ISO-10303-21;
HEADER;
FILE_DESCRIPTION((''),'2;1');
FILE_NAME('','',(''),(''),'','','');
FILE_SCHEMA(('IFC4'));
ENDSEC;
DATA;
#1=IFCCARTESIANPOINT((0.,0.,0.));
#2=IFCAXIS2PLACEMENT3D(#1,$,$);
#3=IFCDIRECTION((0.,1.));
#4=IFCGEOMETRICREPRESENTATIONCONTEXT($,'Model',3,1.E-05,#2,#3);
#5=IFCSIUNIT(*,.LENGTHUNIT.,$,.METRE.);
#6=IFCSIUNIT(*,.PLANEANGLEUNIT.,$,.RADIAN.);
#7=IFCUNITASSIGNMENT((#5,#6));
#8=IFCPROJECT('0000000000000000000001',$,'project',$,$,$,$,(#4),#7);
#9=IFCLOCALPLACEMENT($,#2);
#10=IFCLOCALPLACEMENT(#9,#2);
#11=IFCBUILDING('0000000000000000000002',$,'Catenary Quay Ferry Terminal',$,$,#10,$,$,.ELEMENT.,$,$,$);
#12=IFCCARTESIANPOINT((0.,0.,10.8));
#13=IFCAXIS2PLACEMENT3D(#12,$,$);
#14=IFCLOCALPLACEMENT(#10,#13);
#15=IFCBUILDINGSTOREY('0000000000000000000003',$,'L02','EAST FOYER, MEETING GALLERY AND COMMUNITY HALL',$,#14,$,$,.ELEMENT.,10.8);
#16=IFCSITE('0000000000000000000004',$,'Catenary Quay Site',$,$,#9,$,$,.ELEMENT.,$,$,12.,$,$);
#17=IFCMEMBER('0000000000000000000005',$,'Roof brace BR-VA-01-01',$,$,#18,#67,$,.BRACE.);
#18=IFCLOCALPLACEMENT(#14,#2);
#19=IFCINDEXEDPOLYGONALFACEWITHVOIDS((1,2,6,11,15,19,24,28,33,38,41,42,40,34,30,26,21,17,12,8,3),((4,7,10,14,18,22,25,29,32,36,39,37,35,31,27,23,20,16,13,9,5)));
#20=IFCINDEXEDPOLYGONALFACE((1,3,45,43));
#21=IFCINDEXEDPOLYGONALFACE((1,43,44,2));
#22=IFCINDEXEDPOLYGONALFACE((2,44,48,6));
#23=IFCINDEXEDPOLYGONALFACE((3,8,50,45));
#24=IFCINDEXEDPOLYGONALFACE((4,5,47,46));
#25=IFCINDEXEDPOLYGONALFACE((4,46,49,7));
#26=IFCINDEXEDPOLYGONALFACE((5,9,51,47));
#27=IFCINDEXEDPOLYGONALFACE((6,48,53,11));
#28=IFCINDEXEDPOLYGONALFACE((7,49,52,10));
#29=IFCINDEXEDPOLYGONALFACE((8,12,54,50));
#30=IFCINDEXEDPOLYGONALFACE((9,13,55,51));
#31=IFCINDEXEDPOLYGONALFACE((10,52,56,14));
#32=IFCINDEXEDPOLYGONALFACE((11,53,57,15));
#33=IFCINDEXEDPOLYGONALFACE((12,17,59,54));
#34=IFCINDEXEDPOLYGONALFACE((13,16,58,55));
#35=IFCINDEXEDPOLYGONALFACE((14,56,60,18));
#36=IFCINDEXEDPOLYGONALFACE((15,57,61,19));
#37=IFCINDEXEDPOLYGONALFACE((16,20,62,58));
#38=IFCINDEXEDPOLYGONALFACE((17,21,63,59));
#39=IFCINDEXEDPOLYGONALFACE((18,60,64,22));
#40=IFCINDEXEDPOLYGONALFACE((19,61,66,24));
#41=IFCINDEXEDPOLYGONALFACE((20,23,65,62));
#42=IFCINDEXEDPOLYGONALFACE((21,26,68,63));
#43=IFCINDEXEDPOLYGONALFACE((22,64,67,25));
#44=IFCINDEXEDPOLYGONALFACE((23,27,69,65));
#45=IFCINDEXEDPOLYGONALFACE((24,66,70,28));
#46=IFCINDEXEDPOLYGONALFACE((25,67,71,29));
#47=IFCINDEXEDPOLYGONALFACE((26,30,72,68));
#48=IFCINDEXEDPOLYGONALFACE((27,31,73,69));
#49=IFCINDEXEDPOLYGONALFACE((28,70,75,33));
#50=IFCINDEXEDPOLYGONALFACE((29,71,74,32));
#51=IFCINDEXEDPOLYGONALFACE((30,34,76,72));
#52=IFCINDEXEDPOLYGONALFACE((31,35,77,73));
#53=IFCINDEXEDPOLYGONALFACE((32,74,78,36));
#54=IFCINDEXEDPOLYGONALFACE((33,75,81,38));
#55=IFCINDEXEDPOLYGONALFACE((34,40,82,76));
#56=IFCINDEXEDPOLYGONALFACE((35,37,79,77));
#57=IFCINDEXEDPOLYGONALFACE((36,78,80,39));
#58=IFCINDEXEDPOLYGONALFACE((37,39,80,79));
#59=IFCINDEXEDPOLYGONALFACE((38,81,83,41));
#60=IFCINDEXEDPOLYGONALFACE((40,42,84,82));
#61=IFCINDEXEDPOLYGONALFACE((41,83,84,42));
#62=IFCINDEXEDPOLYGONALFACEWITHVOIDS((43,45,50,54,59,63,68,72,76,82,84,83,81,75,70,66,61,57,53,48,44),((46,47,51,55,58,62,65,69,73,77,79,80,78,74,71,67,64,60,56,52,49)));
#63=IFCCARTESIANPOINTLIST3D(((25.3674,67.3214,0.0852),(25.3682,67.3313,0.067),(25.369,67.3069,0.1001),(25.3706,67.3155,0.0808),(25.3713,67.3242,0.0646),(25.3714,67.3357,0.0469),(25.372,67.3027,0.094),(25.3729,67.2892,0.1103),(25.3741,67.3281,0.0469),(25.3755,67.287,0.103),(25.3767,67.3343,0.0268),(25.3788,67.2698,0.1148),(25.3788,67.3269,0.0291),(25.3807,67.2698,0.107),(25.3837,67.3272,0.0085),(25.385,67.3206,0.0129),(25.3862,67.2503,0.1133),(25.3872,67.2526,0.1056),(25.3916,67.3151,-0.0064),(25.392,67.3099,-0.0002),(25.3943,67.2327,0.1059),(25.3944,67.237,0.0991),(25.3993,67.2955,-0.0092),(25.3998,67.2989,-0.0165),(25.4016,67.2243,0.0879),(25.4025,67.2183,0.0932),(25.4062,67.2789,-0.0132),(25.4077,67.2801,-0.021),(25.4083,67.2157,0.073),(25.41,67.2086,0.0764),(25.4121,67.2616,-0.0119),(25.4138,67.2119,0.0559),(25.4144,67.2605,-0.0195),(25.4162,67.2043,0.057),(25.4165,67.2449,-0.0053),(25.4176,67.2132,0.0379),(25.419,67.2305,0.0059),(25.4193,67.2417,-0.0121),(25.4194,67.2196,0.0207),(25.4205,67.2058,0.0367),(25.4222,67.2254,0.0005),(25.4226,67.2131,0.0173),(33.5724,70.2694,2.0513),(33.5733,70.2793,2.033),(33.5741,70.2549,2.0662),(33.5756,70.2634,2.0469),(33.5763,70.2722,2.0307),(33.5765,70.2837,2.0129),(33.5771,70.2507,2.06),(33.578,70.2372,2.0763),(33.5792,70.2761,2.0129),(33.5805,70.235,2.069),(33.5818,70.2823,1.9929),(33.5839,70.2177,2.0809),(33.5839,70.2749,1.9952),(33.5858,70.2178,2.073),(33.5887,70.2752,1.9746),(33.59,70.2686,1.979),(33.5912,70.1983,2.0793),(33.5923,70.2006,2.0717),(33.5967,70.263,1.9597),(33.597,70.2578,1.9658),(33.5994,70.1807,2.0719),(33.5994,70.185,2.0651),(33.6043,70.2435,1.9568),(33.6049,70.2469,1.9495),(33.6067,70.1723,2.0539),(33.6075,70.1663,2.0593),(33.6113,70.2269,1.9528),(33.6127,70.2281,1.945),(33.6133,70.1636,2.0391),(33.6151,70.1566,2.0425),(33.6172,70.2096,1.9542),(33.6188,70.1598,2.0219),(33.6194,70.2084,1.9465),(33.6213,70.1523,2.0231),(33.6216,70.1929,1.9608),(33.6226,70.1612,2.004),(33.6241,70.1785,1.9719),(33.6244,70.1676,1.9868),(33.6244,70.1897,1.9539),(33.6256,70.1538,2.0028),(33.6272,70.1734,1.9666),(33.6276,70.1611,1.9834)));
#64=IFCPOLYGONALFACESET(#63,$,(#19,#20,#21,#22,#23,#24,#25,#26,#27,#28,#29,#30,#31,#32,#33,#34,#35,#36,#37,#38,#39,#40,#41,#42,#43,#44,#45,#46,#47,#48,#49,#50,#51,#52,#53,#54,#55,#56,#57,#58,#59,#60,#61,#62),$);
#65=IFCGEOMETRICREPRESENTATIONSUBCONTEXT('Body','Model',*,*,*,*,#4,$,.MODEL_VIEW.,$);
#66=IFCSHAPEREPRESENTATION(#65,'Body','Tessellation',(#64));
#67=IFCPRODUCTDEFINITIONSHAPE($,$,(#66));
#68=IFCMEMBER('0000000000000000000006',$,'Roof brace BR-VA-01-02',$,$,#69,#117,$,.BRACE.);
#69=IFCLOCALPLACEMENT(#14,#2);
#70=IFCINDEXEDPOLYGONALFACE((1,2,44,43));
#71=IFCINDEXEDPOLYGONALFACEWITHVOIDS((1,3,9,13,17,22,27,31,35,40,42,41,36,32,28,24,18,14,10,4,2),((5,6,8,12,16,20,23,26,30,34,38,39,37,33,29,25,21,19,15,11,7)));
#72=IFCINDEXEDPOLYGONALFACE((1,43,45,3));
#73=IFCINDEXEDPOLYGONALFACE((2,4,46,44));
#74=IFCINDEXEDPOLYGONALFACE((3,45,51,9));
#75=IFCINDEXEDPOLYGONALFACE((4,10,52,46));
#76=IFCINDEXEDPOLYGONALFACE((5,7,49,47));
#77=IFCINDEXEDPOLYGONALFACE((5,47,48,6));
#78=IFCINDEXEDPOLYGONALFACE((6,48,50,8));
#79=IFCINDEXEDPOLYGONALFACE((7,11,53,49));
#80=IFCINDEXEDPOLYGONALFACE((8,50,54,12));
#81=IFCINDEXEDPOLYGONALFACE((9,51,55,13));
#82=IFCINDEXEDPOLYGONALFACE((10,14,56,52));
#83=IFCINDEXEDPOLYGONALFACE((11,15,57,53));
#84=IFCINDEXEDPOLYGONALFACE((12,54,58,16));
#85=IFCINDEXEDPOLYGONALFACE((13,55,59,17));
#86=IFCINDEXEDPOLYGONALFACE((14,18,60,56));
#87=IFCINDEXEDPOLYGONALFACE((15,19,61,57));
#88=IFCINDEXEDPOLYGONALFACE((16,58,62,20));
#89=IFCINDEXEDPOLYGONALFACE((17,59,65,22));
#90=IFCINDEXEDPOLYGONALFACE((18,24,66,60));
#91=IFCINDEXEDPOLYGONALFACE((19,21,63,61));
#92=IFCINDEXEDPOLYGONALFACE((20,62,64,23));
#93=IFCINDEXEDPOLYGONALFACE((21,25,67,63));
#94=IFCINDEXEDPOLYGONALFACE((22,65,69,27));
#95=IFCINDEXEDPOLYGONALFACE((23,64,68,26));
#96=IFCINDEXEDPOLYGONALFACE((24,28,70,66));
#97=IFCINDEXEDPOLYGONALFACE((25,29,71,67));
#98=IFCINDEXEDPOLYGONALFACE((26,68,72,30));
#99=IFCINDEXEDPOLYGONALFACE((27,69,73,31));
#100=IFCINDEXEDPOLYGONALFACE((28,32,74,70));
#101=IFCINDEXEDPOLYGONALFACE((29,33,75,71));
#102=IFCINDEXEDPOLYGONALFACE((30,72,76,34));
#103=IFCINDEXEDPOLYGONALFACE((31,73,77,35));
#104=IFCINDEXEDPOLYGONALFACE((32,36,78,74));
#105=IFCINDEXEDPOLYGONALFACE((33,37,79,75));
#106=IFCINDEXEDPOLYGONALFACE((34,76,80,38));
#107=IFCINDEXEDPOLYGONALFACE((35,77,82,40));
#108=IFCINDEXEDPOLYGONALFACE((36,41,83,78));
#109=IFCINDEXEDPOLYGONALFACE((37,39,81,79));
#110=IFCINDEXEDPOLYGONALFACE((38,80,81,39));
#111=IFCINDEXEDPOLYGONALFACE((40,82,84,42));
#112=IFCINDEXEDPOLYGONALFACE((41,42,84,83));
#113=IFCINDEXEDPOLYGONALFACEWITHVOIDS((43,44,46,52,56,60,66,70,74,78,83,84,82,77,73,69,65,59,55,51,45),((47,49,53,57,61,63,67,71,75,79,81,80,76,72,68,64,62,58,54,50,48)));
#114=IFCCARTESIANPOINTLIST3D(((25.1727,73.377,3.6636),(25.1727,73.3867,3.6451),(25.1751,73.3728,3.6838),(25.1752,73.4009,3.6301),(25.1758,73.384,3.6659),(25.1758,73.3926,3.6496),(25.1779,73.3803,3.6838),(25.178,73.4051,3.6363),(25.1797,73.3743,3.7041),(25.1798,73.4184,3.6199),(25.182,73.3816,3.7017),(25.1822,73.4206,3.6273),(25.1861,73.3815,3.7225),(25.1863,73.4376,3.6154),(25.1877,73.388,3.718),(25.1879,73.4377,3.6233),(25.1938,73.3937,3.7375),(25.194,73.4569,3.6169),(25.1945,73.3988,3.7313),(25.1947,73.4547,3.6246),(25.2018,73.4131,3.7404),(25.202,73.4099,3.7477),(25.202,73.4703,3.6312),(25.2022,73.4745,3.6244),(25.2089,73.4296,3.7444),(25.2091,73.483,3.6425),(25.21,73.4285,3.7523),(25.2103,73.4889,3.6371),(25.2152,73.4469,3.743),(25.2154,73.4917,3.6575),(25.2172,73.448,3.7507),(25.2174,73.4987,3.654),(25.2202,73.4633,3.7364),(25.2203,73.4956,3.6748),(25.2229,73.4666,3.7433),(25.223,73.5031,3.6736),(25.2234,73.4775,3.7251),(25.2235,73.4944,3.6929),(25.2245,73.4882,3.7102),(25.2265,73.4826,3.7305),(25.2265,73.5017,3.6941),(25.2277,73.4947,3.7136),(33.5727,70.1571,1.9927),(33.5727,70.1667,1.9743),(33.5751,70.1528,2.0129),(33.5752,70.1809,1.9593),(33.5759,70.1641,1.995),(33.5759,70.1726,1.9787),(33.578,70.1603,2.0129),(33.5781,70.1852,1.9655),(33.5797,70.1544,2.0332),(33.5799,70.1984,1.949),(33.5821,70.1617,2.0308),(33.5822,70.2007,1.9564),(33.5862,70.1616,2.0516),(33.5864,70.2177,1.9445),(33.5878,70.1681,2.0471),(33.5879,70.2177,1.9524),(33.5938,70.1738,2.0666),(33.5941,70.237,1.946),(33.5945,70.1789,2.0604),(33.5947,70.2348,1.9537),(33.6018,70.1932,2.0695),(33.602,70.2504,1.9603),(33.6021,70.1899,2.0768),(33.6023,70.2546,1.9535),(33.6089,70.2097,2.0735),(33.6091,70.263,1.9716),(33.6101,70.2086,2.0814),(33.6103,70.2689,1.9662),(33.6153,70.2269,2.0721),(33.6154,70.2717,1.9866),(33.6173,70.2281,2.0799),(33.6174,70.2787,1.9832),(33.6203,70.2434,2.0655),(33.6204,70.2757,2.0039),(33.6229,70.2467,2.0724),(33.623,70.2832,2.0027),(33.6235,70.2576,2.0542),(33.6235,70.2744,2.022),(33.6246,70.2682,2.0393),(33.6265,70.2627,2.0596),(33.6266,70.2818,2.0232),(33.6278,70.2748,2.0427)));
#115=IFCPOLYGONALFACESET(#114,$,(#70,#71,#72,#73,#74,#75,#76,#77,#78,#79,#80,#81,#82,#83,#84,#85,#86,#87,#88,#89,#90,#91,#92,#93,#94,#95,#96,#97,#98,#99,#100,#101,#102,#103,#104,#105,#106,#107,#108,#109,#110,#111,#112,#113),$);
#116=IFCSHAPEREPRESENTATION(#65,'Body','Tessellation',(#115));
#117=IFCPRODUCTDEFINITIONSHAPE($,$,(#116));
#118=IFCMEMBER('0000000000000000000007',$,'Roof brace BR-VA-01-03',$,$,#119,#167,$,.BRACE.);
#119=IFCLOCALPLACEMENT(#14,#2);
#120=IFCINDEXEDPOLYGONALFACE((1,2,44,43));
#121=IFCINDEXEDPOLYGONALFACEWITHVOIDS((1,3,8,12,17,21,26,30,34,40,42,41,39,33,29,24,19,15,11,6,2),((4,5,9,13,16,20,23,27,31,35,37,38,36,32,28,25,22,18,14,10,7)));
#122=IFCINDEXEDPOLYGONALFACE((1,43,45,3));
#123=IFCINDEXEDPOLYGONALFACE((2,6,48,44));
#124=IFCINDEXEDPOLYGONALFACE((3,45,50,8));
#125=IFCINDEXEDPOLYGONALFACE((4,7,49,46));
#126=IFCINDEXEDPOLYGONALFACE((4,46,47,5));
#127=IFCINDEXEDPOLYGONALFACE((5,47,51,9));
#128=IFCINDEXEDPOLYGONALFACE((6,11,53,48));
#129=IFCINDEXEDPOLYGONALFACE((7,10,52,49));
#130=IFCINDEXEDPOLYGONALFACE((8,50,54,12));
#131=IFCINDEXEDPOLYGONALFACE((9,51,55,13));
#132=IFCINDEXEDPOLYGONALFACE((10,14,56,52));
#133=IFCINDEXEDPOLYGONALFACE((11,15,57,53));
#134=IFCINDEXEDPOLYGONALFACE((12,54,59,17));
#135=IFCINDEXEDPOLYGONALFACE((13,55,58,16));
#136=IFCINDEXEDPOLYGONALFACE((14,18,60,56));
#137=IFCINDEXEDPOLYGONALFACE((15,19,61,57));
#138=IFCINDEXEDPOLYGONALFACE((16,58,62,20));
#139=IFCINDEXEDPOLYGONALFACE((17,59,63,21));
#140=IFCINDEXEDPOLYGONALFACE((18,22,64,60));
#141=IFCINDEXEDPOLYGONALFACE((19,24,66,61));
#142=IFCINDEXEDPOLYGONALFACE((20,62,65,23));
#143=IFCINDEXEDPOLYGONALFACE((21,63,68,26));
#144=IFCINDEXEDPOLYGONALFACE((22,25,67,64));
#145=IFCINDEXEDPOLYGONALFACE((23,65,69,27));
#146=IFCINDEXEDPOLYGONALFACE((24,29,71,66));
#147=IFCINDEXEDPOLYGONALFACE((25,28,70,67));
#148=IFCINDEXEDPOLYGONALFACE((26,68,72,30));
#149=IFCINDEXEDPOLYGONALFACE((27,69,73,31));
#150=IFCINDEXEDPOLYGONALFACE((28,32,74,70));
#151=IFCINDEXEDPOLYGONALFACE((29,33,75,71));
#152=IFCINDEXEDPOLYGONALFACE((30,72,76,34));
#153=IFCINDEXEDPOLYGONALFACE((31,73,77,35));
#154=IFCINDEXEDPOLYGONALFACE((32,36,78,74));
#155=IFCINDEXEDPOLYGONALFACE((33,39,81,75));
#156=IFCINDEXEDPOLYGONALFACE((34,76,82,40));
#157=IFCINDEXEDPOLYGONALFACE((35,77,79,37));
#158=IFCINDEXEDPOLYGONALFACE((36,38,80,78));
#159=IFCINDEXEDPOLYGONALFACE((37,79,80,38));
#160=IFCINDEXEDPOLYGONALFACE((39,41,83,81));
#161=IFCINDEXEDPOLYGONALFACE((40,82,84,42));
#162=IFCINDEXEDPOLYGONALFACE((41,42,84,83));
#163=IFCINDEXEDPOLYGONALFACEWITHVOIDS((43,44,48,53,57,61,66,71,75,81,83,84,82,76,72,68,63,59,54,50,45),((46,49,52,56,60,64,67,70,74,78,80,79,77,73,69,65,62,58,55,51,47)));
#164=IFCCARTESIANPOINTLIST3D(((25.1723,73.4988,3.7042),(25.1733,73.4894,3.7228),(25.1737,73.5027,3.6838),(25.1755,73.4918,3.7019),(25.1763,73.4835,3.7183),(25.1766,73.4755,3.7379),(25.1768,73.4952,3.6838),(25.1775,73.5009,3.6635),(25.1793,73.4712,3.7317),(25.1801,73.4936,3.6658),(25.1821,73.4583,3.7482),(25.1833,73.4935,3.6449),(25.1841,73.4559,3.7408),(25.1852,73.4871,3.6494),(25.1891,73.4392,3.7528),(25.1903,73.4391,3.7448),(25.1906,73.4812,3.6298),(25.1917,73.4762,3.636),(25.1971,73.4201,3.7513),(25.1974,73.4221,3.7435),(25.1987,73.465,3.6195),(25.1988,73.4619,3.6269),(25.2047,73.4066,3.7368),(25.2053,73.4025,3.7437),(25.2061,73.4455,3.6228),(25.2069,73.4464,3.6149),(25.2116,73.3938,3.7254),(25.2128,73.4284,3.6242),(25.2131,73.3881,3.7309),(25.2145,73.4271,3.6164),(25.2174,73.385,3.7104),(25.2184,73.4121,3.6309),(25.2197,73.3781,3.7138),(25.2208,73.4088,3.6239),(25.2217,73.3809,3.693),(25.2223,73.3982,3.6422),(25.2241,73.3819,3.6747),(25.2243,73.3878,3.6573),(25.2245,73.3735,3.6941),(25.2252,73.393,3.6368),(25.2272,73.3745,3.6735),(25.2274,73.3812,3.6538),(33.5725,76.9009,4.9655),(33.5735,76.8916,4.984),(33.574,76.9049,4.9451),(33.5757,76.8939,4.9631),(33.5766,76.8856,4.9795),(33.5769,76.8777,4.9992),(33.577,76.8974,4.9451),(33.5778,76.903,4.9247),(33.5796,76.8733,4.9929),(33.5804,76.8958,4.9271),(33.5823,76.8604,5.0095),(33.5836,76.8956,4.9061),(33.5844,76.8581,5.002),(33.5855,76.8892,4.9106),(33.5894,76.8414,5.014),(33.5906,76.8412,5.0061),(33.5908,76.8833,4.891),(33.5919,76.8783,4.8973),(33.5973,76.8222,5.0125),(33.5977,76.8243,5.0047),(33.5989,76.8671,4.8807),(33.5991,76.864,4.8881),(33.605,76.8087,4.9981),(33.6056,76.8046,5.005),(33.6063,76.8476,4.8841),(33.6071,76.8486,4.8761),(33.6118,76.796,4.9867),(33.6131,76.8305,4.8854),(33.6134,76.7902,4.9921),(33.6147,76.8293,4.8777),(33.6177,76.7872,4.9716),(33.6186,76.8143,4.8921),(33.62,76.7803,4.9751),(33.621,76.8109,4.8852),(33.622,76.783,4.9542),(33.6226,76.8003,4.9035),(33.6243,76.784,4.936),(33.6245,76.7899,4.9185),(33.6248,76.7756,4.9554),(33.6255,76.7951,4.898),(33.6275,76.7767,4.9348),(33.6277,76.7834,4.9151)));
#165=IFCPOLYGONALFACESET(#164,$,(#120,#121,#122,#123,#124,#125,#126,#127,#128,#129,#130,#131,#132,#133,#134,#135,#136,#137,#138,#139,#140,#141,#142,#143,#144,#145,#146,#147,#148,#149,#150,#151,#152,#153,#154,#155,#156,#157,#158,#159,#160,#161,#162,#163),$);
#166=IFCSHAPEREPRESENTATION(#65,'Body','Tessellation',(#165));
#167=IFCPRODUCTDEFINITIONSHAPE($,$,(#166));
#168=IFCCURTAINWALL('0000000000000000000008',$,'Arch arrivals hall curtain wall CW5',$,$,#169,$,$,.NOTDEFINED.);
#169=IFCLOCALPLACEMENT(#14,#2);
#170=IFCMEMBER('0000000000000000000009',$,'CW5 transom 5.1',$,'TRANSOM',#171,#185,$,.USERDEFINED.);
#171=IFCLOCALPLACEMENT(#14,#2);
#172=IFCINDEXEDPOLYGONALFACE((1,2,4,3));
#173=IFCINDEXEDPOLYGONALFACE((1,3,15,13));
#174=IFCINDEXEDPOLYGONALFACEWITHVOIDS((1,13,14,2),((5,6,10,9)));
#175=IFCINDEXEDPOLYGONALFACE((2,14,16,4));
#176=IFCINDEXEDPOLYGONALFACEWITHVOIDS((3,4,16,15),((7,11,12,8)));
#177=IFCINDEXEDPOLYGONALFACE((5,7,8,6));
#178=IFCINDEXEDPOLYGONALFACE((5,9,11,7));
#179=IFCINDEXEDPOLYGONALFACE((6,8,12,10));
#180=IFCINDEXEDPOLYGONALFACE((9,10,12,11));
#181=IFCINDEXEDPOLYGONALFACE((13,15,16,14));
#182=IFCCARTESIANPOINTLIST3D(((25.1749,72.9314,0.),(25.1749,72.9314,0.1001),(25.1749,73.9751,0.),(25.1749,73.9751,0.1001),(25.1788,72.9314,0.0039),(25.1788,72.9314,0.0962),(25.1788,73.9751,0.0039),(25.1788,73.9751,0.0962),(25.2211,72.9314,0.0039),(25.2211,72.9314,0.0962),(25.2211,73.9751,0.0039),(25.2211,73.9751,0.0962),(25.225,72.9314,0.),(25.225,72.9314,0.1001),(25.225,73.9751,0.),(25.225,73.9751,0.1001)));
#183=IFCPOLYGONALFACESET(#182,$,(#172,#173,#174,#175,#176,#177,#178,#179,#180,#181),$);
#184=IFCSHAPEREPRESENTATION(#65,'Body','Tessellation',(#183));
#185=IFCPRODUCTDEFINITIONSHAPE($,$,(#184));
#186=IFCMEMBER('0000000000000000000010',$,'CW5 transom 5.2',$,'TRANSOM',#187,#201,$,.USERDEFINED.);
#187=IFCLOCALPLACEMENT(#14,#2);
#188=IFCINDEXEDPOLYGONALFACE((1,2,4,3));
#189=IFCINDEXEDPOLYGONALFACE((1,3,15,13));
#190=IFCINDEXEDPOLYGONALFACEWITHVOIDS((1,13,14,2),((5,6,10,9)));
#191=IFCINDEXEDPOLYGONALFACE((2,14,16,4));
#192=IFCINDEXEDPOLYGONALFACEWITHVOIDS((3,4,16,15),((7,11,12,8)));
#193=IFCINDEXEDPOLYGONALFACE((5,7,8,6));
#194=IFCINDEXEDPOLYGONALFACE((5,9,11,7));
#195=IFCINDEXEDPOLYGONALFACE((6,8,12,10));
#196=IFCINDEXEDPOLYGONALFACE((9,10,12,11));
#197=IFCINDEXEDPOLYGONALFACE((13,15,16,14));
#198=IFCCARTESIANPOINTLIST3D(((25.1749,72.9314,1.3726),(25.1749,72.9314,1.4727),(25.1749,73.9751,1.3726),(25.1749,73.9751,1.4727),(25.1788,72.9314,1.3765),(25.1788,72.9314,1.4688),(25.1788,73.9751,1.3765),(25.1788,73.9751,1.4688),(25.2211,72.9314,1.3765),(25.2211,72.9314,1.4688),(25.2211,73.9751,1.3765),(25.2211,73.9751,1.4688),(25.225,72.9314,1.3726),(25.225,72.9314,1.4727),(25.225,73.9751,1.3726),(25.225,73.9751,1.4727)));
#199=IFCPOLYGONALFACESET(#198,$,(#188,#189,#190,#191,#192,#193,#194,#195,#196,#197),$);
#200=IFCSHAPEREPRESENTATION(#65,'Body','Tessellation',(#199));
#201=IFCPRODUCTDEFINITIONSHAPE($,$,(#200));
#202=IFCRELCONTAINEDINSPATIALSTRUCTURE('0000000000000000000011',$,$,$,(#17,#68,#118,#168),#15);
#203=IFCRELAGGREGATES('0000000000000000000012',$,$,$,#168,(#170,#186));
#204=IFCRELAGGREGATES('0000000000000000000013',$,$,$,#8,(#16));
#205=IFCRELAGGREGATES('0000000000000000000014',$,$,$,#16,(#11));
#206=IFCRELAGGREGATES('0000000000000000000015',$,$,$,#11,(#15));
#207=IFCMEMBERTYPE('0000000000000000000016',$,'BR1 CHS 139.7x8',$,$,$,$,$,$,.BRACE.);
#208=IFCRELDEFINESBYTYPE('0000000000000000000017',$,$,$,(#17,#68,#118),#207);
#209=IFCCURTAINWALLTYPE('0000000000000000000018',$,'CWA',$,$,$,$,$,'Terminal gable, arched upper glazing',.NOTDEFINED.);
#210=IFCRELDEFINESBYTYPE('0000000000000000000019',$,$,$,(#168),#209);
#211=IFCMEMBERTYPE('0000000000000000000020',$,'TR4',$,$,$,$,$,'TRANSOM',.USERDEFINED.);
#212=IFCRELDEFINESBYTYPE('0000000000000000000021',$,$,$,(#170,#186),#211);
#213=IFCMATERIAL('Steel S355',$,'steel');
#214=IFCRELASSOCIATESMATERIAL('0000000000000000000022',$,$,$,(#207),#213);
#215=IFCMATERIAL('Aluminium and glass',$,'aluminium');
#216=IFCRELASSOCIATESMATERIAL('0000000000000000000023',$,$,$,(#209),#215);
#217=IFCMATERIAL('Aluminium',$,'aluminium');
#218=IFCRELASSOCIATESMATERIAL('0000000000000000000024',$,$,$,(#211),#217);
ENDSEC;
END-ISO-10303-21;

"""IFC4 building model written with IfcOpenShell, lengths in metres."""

from ifc_helpers import new_model, si_unit, direction, frame, origin, origin_2d, place, context, subcontext, project, spatial, hollow_rectangle, hollow_circle, extrude, material, material_profile, profile_set, type_object, element, aggregate, save


model = new_model("IFC4")

# Units and contexts
model_context = context("Model", 3, precision=1e-05, world=origin(), true_north=direction((0.0, 1.0)))
body_context = subcontext(model_context, "Body", "Model", "MODEL_VIEW")
ifc_project = project(units=[si_unit("LENGTHUNIT", "METRE"), si_unit("PLANEANGLEUNIT", "RADIAN")], contexts=[model_context])

# Site, building, storey
site_placement = place(None, origin())
site = spatial("IfcSite", under=ifc_project, at=site_placement, Name="Catenary Quay Site", CompositionType="ELEMENT", RefElevation=12.0)
building_placement = place(site_placement, origin())
building = spatial("IfcBuilding", under=site, at=building_placement, Name="Catenary Quay Ferry Terminal", CompositionType="ELEMENT")
storey_placement = place(building_placement, frame((0.0, 0.0, 10.8)))
storey = spatial("IfcBuildingStorey", under=building, at=storey_placement, Name="L02", Description="EAST FOYER, MEETING GALLERY AND COMMUNITY HALL", CompositionType="ELEMENT", Elevation=10.8)

# Members
ifc_material_1 = material(Name="Steel S355", Category="steel")
ifc_material_profile_1 = material_profile(ifc_material_1, hollow_circle(Radius=0.0698, WallThickness=0.0081, at=origin_2d()), Name="CHS 139.7x8")
ifc_profile_set_1 = profile_set([ifc_material_profile_1], Name="Steel S355")
member_type_1 = type_object("IfcMemberType", Name="BR1 CHS 139.7x8", PredefinedType="BRACE", material=ifc_profile_set_1)
member_1_placement = place(storey_placement, frame((25.395, 67.27, 0.0469), z_axis=(0.918048, 0.329845, 0.219979), x_axis=(-0.338127, 0.9411, 0.0)))
element("IfcMember", 1, at=member_1_placement, inside=storey, type_object=member_type_1, Name="Roof brace BR-VA-01-01", PredefinedType="BRACE", context=body_context, shape_type="SweptSolid", body=[
    extrude(hollow_circle(Radius=0.0698, WallThickness=0.0081, at=origin_2d()), origin(), (0.0, 0.0, 1.0), 8.9375),
])
member_2_placement = place(storey_placement, frame((33.6001, 70.218, 2.0129), z_axis=(-0.918048, 0.351909, 0.182612), x_axis=(-0.357928, -0.933749, 0.0)))
element("IfcMember", 2, at=member_2_placement, inside=storey, type_object=member_type_1, Name="Roof brace BR-VA-01-02", PredefinedType="BRACE", context=body_context, shape_type="SweptSolid", body=[
    extrude(hollow_circle(Radius=0.0698, WallThickness=0.0081, at=origin_2d()), origin(), (0.0, 0.0, 1.0), 9.1499),
])
member_3_placement = place(storey_placement, frame((25.2, 73.438, 3.6838), z_axis=(0.918022, 0.371803, 0.137835), x_axis=(-0.375386, 0.926868, 0.0)))
element("IfcMember", 3, at=member_3_placement, inside=storey, type_object=member_type_1, Name="Roof brace BR-VA-01-03", PredefinedType="BRACE", context=body_context, shape_type="SweptSolid", body=[
    extrude(hollow_circle(Radius=0.0698, WallThickness=0.0081, at=origin_2d()), origin(), (0.0, 0.0, 1.0), 9.1504),
])

# Curtain wall, members
ifc_material_2 = material(Name="Aluminium and glass", Category="aluminium")
curtain_wall_type = type_object("IfcCurtainWallType", Name="CWA", ElementType="Terminal gable, arched upper glazing", PredefinedType="NOTDEFINED", material=ifc_material_2)
curtain_wall_placement = place(storey_placement, origin())
curtain_wall = element("IfcCurtainWall", 4, at=curtain_wall_placement, inside=storey, type_object=curtain_wall_type, Name="Arch arrivals hall curtain wall CW5", PredefinedType="NOTDEFINED")
ifc_material_3 = material(Name="Aluminium", Category="aluminium")
ifc_material_profile_2 = material_profile(ifc_material_3, hollow_rectangle(XDim=0.05, YDim=0.1001, WallThickness=0.0039, at=origin_2d()), Name="TR4")
ifc_profile_set_2 = profile_set([ifc_material_profile_2], Name="Aluminium")
member_type_2 = type_object("IfcMemberType", Name="TR4", ElementType="TRANSOM", PredefinedType="USERDEFINED", material=ifc_profile_set_2)
member_4_placement = place(storey_placement, frame((25.2, 72.9314, 0.05), z_axis=(0.0, 1.0, 0.0), x_axis=(-1.0, 0.0, 0.0)))
member_4 = element("IfcMember", 5, at=member_4_placement, type_object=member_type_2, Name="CW5 transom 5.1", ObjectType="TRANSOM", PredefinedType="USERDEFINED", context=body_context, shape_type="SweptSolid", body=[
    extrude(hollow_rectangle(XDim=0.05, YDim=0.1001, WallThickness=0.0039, at=origin_2d()), origin(), (0.0, 0.0, 1.0), 1.0437),
])
member_5_placement = place(storey_placement, frame((25.2, 72.9314, 1.4226), z_axis=(0.0, 1.0, 0.0), x_axis=(-1.0, 0.0, 0.0)))
member_5 = element("IfcMember", 6, at=member_5_placement, type_object=member_type_2, Name="CW5 transom 5.2", ObjectType="TRANSOM", PredefinedType="USERDEFINED", context=body_context, shape_type="SweptSolid", body=[
    extrude(hollow_rectangle(XDim=0.05, YDim=0.1001, WallThickness=0.0039, at=origin_2d()), origin(), (0.0, 0.0, 1.0), 1.0437),
])

aggregate(curtain_wall, [member_4, member_5])

save(model, "model.ifc")
